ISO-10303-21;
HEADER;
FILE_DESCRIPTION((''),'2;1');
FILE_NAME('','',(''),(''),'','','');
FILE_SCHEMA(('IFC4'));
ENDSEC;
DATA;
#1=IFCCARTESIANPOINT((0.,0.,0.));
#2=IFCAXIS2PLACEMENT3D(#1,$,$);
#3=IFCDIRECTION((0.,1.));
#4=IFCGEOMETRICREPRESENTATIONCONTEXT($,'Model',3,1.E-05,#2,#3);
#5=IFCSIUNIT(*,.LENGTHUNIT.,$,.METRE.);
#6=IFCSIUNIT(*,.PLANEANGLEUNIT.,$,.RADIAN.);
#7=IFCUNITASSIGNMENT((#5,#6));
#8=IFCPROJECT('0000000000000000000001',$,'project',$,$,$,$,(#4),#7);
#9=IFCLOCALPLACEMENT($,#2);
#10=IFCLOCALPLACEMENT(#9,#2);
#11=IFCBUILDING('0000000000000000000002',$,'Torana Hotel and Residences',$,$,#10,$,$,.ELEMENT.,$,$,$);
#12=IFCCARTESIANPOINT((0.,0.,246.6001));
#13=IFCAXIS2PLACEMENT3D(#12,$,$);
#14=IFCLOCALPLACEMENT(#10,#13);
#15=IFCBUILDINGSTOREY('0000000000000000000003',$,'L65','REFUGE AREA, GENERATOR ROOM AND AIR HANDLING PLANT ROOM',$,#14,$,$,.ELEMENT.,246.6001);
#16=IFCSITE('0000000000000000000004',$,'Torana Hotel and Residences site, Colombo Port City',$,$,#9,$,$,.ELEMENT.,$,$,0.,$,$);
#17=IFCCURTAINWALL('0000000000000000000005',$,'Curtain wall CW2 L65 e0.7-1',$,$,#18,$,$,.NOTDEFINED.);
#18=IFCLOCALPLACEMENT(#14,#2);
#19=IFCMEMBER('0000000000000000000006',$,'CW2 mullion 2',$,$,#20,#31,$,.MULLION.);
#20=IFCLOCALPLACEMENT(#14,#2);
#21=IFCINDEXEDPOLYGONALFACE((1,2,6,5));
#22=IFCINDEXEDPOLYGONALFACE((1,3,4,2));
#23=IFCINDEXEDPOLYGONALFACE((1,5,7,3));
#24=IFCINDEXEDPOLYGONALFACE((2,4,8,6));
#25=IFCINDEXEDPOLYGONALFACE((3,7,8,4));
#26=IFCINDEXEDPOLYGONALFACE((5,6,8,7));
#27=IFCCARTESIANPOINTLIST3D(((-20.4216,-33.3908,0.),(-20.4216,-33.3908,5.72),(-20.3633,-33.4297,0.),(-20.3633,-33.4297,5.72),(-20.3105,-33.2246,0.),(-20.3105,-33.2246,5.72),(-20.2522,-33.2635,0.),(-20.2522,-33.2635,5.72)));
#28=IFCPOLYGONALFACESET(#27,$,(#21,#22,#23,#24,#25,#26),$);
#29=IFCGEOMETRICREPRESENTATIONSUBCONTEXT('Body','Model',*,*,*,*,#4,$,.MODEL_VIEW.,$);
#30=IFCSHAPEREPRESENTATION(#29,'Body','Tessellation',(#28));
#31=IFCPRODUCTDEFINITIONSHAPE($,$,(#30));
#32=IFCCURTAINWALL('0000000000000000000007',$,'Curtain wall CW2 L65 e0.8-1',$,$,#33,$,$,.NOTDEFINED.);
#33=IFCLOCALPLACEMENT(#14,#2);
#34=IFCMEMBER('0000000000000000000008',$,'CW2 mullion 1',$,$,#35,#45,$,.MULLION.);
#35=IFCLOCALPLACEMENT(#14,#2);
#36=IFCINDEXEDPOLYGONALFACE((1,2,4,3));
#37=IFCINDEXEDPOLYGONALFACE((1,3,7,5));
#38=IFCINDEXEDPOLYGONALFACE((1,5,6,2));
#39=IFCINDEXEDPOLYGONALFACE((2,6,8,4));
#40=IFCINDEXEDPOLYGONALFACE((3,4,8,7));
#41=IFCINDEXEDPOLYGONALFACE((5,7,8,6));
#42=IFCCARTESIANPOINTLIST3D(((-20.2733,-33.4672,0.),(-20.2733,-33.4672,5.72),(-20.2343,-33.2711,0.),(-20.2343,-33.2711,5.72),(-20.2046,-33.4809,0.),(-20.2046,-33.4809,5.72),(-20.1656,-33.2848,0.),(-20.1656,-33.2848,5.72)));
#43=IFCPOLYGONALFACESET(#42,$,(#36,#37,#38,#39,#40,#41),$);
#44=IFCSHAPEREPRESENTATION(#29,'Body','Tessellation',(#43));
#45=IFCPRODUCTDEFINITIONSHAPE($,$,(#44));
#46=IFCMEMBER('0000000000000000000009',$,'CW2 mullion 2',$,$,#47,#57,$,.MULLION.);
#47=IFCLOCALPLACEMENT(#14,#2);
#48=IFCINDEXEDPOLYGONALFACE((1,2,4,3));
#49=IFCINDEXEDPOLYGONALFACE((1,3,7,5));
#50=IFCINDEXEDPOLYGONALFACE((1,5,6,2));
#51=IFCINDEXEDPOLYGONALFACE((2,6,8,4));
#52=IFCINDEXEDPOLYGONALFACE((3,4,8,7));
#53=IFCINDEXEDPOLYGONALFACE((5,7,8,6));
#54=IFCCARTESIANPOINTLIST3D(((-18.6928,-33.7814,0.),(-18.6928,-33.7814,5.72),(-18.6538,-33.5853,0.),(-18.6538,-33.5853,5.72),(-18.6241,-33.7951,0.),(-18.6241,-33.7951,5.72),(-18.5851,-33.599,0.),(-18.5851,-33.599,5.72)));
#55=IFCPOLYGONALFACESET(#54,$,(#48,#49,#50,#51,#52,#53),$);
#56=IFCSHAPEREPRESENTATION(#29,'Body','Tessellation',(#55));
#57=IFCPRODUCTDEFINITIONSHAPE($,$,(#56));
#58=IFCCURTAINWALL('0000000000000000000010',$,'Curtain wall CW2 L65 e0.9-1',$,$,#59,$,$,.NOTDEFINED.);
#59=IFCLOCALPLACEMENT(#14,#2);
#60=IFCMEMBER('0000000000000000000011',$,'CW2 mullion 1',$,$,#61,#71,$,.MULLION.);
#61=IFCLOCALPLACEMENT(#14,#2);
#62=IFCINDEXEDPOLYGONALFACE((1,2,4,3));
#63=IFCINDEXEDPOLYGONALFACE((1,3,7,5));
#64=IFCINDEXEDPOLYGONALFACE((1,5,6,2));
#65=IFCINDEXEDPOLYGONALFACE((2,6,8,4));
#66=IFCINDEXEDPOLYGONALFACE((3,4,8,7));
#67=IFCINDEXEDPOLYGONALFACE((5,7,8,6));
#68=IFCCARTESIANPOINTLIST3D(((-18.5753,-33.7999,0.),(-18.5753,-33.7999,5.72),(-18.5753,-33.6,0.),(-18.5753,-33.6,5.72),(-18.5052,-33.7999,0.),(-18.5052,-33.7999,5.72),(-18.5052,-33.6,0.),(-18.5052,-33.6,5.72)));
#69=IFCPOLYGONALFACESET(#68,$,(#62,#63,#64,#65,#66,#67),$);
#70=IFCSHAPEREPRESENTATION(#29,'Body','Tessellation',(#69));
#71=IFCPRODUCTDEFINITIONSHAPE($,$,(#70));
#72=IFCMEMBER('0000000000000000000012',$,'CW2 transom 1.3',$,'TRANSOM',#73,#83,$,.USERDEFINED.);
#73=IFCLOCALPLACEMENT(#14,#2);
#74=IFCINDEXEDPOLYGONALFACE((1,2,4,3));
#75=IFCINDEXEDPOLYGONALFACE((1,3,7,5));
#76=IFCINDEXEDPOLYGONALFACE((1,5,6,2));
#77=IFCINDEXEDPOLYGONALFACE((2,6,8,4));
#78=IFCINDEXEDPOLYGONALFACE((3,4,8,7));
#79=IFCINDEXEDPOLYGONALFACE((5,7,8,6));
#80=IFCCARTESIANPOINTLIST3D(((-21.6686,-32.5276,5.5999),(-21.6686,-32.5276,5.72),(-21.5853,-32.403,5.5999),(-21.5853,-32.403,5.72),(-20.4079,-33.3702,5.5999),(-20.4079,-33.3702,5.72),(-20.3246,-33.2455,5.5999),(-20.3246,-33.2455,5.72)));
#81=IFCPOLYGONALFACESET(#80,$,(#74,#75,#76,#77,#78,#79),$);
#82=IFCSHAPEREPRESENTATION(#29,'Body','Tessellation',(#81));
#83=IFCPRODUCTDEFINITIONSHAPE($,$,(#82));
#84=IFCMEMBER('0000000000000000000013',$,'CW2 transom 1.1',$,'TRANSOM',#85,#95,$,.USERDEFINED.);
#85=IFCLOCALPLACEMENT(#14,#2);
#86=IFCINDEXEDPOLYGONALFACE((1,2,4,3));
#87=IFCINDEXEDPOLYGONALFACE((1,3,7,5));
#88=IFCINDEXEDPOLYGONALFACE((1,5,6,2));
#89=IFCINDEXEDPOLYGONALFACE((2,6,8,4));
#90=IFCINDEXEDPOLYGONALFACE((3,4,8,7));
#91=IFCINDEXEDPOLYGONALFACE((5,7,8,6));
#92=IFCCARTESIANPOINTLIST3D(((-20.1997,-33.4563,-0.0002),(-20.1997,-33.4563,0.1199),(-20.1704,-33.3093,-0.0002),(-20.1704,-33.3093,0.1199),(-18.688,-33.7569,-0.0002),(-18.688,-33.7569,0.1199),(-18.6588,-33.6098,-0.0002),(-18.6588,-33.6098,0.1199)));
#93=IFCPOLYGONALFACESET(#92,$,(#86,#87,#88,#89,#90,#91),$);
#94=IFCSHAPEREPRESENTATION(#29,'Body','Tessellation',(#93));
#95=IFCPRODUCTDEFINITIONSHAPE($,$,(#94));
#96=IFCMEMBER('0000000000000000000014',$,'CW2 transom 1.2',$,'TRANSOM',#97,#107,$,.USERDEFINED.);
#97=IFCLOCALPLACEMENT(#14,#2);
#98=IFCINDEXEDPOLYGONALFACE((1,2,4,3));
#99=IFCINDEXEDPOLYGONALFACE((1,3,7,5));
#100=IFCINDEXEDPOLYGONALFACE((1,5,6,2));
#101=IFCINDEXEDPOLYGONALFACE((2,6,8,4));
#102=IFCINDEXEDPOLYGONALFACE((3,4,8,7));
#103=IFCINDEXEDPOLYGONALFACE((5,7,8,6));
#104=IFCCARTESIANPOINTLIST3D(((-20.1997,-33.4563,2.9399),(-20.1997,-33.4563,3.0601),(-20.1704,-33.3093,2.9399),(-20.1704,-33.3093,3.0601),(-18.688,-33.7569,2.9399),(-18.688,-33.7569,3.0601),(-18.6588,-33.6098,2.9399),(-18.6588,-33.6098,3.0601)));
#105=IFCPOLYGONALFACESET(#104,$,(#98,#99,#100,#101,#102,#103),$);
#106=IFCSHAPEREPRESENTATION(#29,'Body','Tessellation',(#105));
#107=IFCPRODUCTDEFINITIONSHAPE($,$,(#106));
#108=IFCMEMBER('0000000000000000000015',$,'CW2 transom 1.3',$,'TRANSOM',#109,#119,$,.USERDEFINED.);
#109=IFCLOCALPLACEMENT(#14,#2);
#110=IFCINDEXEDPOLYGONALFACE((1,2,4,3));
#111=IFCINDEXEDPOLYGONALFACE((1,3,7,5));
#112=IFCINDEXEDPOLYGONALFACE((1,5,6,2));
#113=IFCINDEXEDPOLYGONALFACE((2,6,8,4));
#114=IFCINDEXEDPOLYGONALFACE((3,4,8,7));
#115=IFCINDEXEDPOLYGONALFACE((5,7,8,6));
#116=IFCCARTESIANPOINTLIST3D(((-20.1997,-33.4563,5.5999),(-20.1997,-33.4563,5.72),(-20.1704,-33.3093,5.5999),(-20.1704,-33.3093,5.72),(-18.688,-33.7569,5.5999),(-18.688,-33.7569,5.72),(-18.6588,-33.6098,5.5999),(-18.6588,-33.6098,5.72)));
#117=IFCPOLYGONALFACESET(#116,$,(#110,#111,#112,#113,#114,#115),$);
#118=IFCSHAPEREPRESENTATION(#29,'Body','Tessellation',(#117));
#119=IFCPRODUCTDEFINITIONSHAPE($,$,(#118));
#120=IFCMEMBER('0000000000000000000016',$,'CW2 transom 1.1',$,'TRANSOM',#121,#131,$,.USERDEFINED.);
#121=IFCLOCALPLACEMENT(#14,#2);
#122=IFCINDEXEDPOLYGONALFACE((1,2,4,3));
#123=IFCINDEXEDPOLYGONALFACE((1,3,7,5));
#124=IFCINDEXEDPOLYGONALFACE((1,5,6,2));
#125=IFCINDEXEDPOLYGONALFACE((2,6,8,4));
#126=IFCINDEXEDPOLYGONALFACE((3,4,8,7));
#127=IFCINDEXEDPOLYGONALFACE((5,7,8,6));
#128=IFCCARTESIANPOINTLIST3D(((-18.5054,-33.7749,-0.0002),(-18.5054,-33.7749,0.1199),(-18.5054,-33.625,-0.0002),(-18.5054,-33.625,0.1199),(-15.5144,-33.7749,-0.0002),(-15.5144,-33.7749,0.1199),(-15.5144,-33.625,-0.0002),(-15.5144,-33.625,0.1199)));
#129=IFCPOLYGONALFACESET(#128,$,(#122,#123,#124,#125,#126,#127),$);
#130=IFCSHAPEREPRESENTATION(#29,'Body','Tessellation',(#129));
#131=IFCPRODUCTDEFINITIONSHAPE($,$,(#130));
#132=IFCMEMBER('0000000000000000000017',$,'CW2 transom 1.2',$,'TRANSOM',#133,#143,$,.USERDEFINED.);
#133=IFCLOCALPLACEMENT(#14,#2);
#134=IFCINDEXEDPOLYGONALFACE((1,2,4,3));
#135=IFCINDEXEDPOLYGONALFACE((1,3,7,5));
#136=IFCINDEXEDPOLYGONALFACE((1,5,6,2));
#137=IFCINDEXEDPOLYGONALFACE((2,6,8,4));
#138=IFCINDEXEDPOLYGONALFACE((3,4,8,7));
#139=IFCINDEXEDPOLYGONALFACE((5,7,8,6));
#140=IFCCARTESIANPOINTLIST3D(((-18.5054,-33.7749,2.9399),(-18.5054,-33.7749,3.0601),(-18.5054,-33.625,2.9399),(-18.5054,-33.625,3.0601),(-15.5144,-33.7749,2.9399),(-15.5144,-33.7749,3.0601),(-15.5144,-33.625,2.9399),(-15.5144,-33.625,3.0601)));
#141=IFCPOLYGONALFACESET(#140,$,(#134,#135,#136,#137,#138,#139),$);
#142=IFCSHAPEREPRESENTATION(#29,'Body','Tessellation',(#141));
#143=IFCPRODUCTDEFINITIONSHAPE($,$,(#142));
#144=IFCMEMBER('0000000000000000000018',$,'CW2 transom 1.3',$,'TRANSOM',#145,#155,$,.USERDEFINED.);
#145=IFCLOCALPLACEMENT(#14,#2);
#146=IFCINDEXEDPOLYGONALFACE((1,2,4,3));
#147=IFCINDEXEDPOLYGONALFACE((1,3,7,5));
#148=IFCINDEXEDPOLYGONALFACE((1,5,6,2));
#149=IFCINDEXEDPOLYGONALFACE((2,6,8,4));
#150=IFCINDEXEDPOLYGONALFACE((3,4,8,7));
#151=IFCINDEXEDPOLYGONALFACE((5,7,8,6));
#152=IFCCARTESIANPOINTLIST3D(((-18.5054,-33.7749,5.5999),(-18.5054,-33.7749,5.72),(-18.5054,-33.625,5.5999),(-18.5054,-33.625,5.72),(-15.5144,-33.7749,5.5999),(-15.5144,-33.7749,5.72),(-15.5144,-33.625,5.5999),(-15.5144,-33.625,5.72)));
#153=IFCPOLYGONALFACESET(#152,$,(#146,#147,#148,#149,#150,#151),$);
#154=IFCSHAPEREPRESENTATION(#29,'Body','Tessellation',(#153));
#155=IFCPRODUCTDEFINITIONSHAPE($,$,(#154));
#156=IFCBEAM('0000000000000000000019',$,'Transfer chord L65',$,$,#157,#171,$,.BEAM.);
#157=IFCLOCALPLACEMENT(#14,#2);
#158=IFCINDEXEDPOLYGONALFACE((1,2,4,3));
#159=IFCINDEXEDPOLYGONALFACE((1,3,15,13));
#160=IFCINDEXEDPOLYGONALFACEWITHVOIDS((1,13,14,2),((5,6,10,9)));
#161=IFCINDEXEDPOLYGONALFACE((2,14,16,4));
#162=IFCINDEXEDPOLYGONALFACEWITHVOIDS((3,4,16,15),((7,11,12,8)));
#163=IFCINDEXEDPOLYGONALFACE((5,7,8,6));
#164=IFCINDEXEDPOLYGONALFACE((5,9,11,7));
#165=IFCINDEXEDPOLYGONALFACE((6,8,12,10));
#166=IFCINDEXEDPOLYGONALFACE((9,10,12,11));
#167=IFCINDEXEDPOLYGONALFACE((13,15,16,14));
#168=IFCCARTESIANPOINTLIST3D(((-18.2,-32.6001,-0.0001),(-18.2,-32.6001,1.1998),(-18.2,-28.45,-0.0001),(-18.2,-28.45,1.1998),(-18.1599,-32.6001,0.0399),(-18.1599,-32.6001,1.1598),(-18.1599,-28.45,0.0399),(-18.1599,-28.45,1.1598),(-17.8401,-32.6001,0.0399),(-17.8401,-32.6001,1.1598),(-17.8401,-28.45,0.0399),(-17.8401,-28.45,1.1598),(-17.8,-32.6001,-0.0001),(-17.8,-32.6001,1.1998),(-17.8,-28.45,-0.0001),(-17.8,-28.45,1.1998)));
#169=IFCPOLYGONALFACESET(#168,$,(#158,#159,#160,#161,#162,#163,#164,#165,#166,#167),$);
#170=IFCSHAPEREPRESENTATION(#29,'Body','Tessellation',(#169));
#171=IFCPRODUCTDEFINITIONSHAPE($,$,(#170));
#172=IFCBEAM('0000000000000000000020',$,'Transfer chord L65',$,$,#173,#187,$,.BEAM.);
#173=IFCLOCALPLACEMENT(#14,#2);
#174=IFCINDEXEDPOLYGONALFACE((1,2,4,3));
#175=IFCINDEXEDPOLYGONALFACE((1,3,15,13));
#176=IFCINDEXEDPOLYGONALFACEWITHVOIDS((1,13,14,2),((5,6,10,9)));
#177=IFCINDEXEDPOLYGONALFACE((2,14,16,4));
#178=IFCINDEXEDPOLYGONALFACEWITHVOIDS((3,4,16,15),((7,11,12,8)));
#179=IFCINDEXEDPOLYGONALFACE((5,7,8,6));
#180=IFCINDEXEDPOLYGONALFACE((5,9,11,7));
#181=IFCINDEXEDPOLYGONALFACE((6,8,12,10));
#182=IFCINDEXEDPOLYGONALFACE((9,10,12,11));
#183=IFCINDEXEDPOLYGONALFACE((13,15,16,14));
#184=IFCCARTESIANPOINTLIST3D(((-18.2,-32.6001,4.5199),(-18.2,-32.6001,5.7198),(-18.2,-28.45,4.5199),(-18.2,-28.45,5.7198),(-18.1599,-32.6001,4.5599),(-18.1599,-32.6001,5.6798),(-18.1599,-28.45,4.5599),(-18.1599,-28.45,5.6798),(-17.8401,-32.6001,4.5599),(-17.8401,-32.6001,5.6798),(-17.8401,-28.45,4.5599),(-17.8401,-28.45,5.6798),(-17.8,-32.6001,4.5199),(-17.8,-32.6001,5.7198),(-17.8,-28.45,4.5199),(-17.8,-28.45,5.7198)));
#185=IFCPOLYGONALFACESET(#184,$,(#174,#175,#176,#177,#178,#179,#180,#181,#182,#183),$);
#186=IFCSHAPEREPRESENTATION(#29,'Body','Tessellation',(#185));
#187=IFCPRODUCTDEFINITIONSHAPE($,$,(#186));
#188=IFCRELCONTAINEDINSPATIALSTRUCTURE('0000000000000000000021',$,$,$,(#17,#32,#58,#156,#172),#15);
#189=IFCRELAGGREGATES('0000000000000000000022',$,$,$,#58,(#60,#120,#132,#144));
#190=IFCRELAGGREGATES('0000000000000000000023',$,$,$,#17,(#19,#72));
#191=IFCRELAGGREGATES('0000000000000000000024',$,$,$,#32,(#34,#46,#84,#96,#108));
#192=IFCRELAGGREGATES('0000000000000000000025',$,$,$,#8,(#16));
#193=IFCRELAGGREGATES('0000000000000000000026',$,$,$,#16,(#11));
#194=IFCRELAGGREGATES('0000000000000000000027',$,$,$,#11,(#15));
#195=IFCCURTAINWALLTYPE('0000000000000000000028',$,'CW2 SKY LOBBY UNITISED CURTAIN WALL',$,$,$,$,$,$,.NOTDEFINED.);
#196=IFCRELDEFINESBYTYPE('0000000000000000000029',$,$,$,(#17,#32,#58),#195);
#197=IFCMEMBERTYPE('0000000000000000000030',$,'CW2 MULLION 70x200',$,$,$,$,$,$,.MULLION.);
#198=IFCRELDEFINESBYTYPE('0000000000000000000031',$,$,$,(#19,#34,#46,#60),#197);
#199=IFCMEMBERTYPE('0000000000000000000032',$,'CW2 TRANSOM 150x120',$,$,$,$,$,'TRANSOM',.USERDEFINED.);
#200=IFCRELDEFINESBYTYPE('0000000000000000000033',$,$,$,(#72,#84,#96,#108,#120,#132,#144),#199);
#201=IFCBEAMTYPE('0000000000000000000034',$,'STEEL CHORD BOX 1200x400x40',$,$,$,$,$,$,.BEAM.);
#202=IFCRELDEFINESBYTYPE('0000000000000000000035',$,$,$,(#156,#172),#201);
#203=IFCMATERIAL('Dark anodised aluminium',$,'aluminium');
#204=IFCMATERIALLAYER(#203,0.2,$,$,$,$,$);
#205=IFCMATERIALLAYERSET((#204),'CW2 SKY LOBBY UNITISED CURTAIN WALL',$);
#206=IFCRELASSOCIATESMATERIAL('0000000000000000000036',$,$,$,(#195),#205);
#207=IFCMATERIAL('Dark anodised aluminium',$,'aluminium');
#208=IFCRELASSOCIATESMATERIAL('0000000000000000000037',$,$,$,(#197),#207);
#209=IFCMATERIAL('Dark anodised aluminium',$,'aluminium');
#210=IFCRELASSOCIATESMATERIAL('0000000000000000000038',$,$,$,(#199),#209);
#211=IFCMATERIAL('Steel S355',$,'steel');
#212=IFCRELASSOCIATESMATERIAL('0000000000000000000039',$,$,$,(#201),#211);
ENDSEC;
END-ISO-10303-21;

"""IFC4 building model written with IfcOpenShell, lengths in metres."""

from ifc_helpers import new_model, si_unit, direction, frame, origin, origin_2d, place, context, subcontext, project, spatial, rectangle, hollow_rectangle, extrude, material, layer, layer_set, material_profile, profile_set, type_object, element, aggregate, save


model = new_model("IFC4")

# Units and contexts
model_context = context("Model", 3, precision=1e-05, world=origin(), true_north=direction((0.0, 1.0)))
body_context = subcontext(model_context, "Body", "Model", "MODEL_VIEW")
ifc_project = project(units=[si_unit("LENGTHUNIT", "METRE"), si_unit("PLANEANGLEUNIT", "RADIAN")], contexts=[model_context])

# Site, building, storey
site_placement = place(None, origin())
site = spatial("IfcSite", under=ifc_project, at=site_placement, Name="Torana Hotel and Residences site, Colombo Port City", CompositionType="ELEMENT", RefElevation=0.0)
building_placement = place(site_placement, origin())
building = spatial("IfcBuilding", under=site, at=building_placement, Name="Torana Hotel and Residences", CompositionType="ELEMENT")
storey_placement = place(building_placement, frame((0.0, 0.0, 246.6001)))
storey = spatial("IfcBuildingStorey", under=building, at=storey_placement, Name="L65", Description="REFUGE AREA, GENERATOR ROOM AND AIR HANDLING PLANT ROOM", CompositionType="ELEMENT", Elevation=246.6001)

# Curtain wall, member
ifc_material_1 = material(Name="Dark anodised aluminium", Category="aluminium")
ifc_layer_1 = layer(ifc_material_1, 0.2)
ifc_layer_set_1 = layer_set([ifc_layer_1], Name="CW2 SKY LOBBY UNITISED CURTAIN WALL")
curtain_wall_type = type_object("IfcCurtainWallType", Name="CW2 SKY LOBBY UNITISED CURTAIN WALL", PredefinedType="NOTDEFINED", material=ifc_layer_set_1)
curtain_wall_1_placement = place(storey_placement, origin())
curtain_wall_1 = element("IfcCurtainWall", 1, at=curtain_wall_1_placement, inside=storey, type_object=curtain_wall_type, Name="Curtain wall CW2 L65 e0.7-1", PredefinedType="NOTDEFINED")
ifc_material_2 = material(Name="Dark anodised aluminium", Category="aluminium")
ifc_material_profile_1 = material_profile(ifc_material_2, rectangle(XDim=0.2, YDim=0.0701, at=origin_2d()), Name="CW2 MULLION 70x200")
ifc_profile_set_1 = profile_set([ifc_material_profile_1], Name="Dark anodised aluminium")
member_type_1 = type_object("IfcMemberType", Name="CW2 MULLION 70x200", PredefinedType="MULLION", material=ifc_profile_set_1)
member_1_placement = place(storey_placement, frame((-20.3369, -33.3271, 0.0), z_axis=(0.0, 0.0, 1.0), x_axis=(0.555564, 0.831474, 0.0)))
member_1 = element("IfcMember", 2, at=member_1_placement, type_object=member_type_1, Name="CW2 mullion 2", PredefinedType="MULLION", context=body_context, shape_type="SweptSolid", body=[
    extrude(rectangle(XDim=0.2, YDim=0.0701, at=origin_2d()), origin(), (0.0, 0.0, 1.0), 5.72),
])

# Curtain wall, members
curtain_wall_2_placement = place(storey_placement, origin())
curtain_wall_2 = element("IfcCurtainWall", 3, at=curtain_wall_2_placement, inside=storey, type_object=curtain_wall_type, Name="Curtain wall CW2 L65 e0.8-1", PredefinedType="NOTDEFINED")
member_2_placement = place(storey_placement, frame((-20.2195, -33.376, 0.0), z_axis=(0.0, 0.0, 1.0), x_axis=(0.195064, 0.980791, 0.0)))
member_2 = element("IfcMember", 4, at=member_2_placement, type_object=member_type_1, Name="CW2 mullion 1", PredefinedType="MULLION", context=body_context, shape_type="SweptSolid", body=[
    extrude(rectangle(XDim=0.2, YDim=0.0701, at=origin_2d()), origin(), (0.0, 0.0, 1.0), 5.72),
])
member_3_placement = place(storey_placement, frame((-18.6389, -33.6902, 0.0), z_axis=(0.0, 0.0, 1.0), x_axis=(0.195064, 0.980791, 0.0)))
member_3 = element("IfcMember", 5, at=member_3_placement, type_object=member_type_1, Name="CW2 mullion 2", PredefinedType="MULLION", context=body_context, shape_type="SweptSolid", body=[
    extrude(rectangle(XDim=0.2, YDim=0.0701, at=origin_2d()), origin(), (0.0, 0.0, 1.0), 5.72),
])

# Curtain wall, member
curtain_wall_3_placement = place(storey_placement, origin())
curtain_wall_3 = element("IfcCurtainWall", 6, at=curtain_wall_3_placement, inside=storey, type_object=curtain_wall_type, Name="Curtain wall CW2 L65 e0.9-1", PredefinedType="NOTDEFINED")
member_4_placement = place(storey_placement, frame((-18.5403, -33.7, 0.0), z_axis=(0.0, 0.0, 1.0), x_axis=(0.0, 1.0, 0.0)))
member_4 = element("IfcMember", 7, at=member_4_placement, type_object=member_type_1, Name="CW2 mullion 1", PredefinedType="MULLION", context=body_context, shape_type="SweptSolid", body=[
    extrude(rectangle(XDim=0.2, YDim=0.0701, at=origin_2d()), origin(), (0.0, 0.0, 1.0), 5.72),
])

# Members
ifc_material_3 = material(Name="Dark anodised aluminium", Category="aluminium")
ifc_material_profile_2 = material_profile(ifc_material_3, rectangle(XDim=0.1499, YDim=0.1201, at=origin_2d()), Name="CW2 TRANSOM 150x120")
ifc_profile_set_2 = profile_set([ifc_material_profile_2], Name="Dark anodised aluminium")
member_type_2 = type_object("IfcMemberType", Name="CW2 TRANSOM 150x120", ElementType="TRANSOM", PredefinedType="USERDEFINED", material=ifc_profile_set_2)
member_5_placement = place(storey_placement, frame((-21.627, -32.4653, 5.6599), z_axis=(0.831431, -0.555629, 0.0), x_axis=(0.555629, 0.831431, 0.0)))
member_5 = element("IfcMember", 8, at=member_5_placement, type_object=member_type_2, Name="CW2 transom 1.3", ObjectType="TRANSOM", PredefinedType="USERDEFINED", context=body_context, shape_type="SweptSolid", body=[
    extrude(rectangle(XDim=0.1499, YDim=0.1201, at=origin_2d()), origin(), (0.0, 0.0, 1.0), 1.5164),
])
member_6_placement = place(storey_placement, frame((-20.1851, -33.3828, 0.0598), z_axis=(0.980805, -0.194989, 0.0), x_axis=(0.194989, 0.980805, 0.0)))
member_6 = element("IfcMember", 9, at=member_6_placement, type_object=member_type_2, Name="CW2 transom 1.1", ObjectType="TRANSOM", PredefinedType="USERDEFINED", context=body_context, shape_type="SweptSolid", body=[
    extrude(rectangle(XDim=0.1499, YDim=0.1201, at=origin_2d()), origin(), (0.0, 0.0, 1.0), 1.5413),
])
member_7_placement = place(storey_placement, frame((-20.1851, -33.3828, 3.0), z_axis=(0.980805, -0.194989, 0.0), x_axis=(0.194989, 0.980805, 0.0)))
member_7 = element("IfcMember", 10, at=member_7_placement, type_object=member_type_2, Name="CW2 transom 1.2", ObjectType="TRANSOM", PredefinedType="USERDEFINED", context=body_context, shape_type="SweptSolid", body=[
    extrude(rectangle(XDim=0.1499, YDim=0.1201, at=origin_2d()), origin(), (0.0, 0.0, 1.0), 1.5413),
])
member_8_placement = place(storey_placement, frame((-20.1851, -33.3828, 5.6599), z_axis=(0.980805, -0.194989, 0.0), x_axis=(0.194989, 0.980805, 0.0)))
member_8 = element("IfcMember", 11, at=member_8_placement, type_object=member_type_2, Name="CW2 transom 1.3", ObjectType="TRANSOM", PredefinedType="USERDEFINED", context=body_context, shape_type="SweptSolid", body=[
    extrude(rectangle(XDim=0.1499, YDim=0.1201, at=origin_2d()), origin(), (0.0, 0.0, 1.0), 1.5413),
])
member_9_placement = place(storey_placement, frame((-18.5054, -33.7, 0.0598), z_axis=(1.0, 0.0, 0.0), x_axis=(0.0, 1.0, 0.0)))
member_9 = element("IfcMember", 12, at=member_9_placement, type_object=member_type_2, Name="CW2 transom 1.1", ObjectType="TRANSOM", PredefinedType="USERDEFINED", context=body_context, shape_type="SweptSolid", body=[
    extrude(rectangle(XDim=0.1499, YDim=0.1201, at=origin_2d()), origin(), (0.0, 0.0, 1.0), 2.991),
])
member_10_placement = place(storey_placement, frame((-18.5054, -33.7, 3.0), z_axis=(1.0, 0.0, 0.0), x_axis=(0.0, 1.0, 0.0)))
member_10 = element("IfcMember", 13, at=member_10_placement, type_object=member_type_2, Name="CW2 transom 1.2", ObjectType="TRANSOM", PredefinedType="USERDEFINED", context=body_context, shape_type="SweptSolid", body=[
    extrude(rectangle(XDim=0.1499, YDim=0.1201, at=origin_2d()), origin(), (0.0, 0.0, 1.0), 2.991),
])
member_11_placement = place(storey_placement, frame((-18.5054, -33.7, 5.6599), z_axis=(1.0, 0.0, 0.0), x_axis=(0.0, 1.0, 0.0)))
member_11 = element("IfcMember", 14, at=member_11_placement, type_object=member_type_2, Name="CW2 transom 1.3", ObjectType="TRANSOM", PredefinedType="USERDEFINED", context=body_context, shape_type="SweptSolid", body=[
    extrude(rectangle(XDim=0.1499, YDim=0.1201, at=origin_2d()), origin(), (0.0, 0.0, 1.0), 2.991),
])
aggregate(curtain_wall_3, [member_4, member_9, member_10, member_11])

# Beams
ifc_material_4 = material(Name="Steel S355", Category="steel")
ifc_material_profile_3 = material_profile(ifc_material_4, hollow_rectangle(XDim=0.3999, YDim=1.2, WallThickness=0.04, at=origin_2d()), Name="BOX 1200x400x40")
ifc_profile_set_3 = profile_set([ifc_material_profile_3], Name="Steel S355")
beam_type = type_object("IfcBeamType", Name="STEEL CHORD BOX 1200x400x40", PredefinedType="BEAM", material=ifc_profile_set_3)
for number, where, z_axis, x_axis, name in (
    (15, (-18.0, -32.6001, 0.5999), (0.0, 1.0, 0.0), (-1.0, 0.0, 0.0), "Transfer chord L65"),
    (16, (-18.0, -32.6001, 5.1199), (0.0, 1.0, 0.0), (-1.0, 0.0, 0.0), "Transfer chord L65"),
):
    element("IfcBeam", number, at=place(storey_placement, frame(where, z_axis=z_axis, x_axis=x_axis)), inside=storey, type_object=beam_type, Name=name, PredefinedType="BEAM", context=body_context, shape_type="SweptSolid", body=[
        extrude(hollow_rectangle(XDim=0.3999, YDim=1.2, WallThickness=0.04, at=origin_2d()), origin(), (0.0, 0.0, 1.0), 4.1501),
    ])

aggregate(curtain_wall_1, [member_1, member_5])
aggregate(curtain_wall_2, [member_2, member_3, member_6, member_7, member_8])

save(model, "model.ifc")
